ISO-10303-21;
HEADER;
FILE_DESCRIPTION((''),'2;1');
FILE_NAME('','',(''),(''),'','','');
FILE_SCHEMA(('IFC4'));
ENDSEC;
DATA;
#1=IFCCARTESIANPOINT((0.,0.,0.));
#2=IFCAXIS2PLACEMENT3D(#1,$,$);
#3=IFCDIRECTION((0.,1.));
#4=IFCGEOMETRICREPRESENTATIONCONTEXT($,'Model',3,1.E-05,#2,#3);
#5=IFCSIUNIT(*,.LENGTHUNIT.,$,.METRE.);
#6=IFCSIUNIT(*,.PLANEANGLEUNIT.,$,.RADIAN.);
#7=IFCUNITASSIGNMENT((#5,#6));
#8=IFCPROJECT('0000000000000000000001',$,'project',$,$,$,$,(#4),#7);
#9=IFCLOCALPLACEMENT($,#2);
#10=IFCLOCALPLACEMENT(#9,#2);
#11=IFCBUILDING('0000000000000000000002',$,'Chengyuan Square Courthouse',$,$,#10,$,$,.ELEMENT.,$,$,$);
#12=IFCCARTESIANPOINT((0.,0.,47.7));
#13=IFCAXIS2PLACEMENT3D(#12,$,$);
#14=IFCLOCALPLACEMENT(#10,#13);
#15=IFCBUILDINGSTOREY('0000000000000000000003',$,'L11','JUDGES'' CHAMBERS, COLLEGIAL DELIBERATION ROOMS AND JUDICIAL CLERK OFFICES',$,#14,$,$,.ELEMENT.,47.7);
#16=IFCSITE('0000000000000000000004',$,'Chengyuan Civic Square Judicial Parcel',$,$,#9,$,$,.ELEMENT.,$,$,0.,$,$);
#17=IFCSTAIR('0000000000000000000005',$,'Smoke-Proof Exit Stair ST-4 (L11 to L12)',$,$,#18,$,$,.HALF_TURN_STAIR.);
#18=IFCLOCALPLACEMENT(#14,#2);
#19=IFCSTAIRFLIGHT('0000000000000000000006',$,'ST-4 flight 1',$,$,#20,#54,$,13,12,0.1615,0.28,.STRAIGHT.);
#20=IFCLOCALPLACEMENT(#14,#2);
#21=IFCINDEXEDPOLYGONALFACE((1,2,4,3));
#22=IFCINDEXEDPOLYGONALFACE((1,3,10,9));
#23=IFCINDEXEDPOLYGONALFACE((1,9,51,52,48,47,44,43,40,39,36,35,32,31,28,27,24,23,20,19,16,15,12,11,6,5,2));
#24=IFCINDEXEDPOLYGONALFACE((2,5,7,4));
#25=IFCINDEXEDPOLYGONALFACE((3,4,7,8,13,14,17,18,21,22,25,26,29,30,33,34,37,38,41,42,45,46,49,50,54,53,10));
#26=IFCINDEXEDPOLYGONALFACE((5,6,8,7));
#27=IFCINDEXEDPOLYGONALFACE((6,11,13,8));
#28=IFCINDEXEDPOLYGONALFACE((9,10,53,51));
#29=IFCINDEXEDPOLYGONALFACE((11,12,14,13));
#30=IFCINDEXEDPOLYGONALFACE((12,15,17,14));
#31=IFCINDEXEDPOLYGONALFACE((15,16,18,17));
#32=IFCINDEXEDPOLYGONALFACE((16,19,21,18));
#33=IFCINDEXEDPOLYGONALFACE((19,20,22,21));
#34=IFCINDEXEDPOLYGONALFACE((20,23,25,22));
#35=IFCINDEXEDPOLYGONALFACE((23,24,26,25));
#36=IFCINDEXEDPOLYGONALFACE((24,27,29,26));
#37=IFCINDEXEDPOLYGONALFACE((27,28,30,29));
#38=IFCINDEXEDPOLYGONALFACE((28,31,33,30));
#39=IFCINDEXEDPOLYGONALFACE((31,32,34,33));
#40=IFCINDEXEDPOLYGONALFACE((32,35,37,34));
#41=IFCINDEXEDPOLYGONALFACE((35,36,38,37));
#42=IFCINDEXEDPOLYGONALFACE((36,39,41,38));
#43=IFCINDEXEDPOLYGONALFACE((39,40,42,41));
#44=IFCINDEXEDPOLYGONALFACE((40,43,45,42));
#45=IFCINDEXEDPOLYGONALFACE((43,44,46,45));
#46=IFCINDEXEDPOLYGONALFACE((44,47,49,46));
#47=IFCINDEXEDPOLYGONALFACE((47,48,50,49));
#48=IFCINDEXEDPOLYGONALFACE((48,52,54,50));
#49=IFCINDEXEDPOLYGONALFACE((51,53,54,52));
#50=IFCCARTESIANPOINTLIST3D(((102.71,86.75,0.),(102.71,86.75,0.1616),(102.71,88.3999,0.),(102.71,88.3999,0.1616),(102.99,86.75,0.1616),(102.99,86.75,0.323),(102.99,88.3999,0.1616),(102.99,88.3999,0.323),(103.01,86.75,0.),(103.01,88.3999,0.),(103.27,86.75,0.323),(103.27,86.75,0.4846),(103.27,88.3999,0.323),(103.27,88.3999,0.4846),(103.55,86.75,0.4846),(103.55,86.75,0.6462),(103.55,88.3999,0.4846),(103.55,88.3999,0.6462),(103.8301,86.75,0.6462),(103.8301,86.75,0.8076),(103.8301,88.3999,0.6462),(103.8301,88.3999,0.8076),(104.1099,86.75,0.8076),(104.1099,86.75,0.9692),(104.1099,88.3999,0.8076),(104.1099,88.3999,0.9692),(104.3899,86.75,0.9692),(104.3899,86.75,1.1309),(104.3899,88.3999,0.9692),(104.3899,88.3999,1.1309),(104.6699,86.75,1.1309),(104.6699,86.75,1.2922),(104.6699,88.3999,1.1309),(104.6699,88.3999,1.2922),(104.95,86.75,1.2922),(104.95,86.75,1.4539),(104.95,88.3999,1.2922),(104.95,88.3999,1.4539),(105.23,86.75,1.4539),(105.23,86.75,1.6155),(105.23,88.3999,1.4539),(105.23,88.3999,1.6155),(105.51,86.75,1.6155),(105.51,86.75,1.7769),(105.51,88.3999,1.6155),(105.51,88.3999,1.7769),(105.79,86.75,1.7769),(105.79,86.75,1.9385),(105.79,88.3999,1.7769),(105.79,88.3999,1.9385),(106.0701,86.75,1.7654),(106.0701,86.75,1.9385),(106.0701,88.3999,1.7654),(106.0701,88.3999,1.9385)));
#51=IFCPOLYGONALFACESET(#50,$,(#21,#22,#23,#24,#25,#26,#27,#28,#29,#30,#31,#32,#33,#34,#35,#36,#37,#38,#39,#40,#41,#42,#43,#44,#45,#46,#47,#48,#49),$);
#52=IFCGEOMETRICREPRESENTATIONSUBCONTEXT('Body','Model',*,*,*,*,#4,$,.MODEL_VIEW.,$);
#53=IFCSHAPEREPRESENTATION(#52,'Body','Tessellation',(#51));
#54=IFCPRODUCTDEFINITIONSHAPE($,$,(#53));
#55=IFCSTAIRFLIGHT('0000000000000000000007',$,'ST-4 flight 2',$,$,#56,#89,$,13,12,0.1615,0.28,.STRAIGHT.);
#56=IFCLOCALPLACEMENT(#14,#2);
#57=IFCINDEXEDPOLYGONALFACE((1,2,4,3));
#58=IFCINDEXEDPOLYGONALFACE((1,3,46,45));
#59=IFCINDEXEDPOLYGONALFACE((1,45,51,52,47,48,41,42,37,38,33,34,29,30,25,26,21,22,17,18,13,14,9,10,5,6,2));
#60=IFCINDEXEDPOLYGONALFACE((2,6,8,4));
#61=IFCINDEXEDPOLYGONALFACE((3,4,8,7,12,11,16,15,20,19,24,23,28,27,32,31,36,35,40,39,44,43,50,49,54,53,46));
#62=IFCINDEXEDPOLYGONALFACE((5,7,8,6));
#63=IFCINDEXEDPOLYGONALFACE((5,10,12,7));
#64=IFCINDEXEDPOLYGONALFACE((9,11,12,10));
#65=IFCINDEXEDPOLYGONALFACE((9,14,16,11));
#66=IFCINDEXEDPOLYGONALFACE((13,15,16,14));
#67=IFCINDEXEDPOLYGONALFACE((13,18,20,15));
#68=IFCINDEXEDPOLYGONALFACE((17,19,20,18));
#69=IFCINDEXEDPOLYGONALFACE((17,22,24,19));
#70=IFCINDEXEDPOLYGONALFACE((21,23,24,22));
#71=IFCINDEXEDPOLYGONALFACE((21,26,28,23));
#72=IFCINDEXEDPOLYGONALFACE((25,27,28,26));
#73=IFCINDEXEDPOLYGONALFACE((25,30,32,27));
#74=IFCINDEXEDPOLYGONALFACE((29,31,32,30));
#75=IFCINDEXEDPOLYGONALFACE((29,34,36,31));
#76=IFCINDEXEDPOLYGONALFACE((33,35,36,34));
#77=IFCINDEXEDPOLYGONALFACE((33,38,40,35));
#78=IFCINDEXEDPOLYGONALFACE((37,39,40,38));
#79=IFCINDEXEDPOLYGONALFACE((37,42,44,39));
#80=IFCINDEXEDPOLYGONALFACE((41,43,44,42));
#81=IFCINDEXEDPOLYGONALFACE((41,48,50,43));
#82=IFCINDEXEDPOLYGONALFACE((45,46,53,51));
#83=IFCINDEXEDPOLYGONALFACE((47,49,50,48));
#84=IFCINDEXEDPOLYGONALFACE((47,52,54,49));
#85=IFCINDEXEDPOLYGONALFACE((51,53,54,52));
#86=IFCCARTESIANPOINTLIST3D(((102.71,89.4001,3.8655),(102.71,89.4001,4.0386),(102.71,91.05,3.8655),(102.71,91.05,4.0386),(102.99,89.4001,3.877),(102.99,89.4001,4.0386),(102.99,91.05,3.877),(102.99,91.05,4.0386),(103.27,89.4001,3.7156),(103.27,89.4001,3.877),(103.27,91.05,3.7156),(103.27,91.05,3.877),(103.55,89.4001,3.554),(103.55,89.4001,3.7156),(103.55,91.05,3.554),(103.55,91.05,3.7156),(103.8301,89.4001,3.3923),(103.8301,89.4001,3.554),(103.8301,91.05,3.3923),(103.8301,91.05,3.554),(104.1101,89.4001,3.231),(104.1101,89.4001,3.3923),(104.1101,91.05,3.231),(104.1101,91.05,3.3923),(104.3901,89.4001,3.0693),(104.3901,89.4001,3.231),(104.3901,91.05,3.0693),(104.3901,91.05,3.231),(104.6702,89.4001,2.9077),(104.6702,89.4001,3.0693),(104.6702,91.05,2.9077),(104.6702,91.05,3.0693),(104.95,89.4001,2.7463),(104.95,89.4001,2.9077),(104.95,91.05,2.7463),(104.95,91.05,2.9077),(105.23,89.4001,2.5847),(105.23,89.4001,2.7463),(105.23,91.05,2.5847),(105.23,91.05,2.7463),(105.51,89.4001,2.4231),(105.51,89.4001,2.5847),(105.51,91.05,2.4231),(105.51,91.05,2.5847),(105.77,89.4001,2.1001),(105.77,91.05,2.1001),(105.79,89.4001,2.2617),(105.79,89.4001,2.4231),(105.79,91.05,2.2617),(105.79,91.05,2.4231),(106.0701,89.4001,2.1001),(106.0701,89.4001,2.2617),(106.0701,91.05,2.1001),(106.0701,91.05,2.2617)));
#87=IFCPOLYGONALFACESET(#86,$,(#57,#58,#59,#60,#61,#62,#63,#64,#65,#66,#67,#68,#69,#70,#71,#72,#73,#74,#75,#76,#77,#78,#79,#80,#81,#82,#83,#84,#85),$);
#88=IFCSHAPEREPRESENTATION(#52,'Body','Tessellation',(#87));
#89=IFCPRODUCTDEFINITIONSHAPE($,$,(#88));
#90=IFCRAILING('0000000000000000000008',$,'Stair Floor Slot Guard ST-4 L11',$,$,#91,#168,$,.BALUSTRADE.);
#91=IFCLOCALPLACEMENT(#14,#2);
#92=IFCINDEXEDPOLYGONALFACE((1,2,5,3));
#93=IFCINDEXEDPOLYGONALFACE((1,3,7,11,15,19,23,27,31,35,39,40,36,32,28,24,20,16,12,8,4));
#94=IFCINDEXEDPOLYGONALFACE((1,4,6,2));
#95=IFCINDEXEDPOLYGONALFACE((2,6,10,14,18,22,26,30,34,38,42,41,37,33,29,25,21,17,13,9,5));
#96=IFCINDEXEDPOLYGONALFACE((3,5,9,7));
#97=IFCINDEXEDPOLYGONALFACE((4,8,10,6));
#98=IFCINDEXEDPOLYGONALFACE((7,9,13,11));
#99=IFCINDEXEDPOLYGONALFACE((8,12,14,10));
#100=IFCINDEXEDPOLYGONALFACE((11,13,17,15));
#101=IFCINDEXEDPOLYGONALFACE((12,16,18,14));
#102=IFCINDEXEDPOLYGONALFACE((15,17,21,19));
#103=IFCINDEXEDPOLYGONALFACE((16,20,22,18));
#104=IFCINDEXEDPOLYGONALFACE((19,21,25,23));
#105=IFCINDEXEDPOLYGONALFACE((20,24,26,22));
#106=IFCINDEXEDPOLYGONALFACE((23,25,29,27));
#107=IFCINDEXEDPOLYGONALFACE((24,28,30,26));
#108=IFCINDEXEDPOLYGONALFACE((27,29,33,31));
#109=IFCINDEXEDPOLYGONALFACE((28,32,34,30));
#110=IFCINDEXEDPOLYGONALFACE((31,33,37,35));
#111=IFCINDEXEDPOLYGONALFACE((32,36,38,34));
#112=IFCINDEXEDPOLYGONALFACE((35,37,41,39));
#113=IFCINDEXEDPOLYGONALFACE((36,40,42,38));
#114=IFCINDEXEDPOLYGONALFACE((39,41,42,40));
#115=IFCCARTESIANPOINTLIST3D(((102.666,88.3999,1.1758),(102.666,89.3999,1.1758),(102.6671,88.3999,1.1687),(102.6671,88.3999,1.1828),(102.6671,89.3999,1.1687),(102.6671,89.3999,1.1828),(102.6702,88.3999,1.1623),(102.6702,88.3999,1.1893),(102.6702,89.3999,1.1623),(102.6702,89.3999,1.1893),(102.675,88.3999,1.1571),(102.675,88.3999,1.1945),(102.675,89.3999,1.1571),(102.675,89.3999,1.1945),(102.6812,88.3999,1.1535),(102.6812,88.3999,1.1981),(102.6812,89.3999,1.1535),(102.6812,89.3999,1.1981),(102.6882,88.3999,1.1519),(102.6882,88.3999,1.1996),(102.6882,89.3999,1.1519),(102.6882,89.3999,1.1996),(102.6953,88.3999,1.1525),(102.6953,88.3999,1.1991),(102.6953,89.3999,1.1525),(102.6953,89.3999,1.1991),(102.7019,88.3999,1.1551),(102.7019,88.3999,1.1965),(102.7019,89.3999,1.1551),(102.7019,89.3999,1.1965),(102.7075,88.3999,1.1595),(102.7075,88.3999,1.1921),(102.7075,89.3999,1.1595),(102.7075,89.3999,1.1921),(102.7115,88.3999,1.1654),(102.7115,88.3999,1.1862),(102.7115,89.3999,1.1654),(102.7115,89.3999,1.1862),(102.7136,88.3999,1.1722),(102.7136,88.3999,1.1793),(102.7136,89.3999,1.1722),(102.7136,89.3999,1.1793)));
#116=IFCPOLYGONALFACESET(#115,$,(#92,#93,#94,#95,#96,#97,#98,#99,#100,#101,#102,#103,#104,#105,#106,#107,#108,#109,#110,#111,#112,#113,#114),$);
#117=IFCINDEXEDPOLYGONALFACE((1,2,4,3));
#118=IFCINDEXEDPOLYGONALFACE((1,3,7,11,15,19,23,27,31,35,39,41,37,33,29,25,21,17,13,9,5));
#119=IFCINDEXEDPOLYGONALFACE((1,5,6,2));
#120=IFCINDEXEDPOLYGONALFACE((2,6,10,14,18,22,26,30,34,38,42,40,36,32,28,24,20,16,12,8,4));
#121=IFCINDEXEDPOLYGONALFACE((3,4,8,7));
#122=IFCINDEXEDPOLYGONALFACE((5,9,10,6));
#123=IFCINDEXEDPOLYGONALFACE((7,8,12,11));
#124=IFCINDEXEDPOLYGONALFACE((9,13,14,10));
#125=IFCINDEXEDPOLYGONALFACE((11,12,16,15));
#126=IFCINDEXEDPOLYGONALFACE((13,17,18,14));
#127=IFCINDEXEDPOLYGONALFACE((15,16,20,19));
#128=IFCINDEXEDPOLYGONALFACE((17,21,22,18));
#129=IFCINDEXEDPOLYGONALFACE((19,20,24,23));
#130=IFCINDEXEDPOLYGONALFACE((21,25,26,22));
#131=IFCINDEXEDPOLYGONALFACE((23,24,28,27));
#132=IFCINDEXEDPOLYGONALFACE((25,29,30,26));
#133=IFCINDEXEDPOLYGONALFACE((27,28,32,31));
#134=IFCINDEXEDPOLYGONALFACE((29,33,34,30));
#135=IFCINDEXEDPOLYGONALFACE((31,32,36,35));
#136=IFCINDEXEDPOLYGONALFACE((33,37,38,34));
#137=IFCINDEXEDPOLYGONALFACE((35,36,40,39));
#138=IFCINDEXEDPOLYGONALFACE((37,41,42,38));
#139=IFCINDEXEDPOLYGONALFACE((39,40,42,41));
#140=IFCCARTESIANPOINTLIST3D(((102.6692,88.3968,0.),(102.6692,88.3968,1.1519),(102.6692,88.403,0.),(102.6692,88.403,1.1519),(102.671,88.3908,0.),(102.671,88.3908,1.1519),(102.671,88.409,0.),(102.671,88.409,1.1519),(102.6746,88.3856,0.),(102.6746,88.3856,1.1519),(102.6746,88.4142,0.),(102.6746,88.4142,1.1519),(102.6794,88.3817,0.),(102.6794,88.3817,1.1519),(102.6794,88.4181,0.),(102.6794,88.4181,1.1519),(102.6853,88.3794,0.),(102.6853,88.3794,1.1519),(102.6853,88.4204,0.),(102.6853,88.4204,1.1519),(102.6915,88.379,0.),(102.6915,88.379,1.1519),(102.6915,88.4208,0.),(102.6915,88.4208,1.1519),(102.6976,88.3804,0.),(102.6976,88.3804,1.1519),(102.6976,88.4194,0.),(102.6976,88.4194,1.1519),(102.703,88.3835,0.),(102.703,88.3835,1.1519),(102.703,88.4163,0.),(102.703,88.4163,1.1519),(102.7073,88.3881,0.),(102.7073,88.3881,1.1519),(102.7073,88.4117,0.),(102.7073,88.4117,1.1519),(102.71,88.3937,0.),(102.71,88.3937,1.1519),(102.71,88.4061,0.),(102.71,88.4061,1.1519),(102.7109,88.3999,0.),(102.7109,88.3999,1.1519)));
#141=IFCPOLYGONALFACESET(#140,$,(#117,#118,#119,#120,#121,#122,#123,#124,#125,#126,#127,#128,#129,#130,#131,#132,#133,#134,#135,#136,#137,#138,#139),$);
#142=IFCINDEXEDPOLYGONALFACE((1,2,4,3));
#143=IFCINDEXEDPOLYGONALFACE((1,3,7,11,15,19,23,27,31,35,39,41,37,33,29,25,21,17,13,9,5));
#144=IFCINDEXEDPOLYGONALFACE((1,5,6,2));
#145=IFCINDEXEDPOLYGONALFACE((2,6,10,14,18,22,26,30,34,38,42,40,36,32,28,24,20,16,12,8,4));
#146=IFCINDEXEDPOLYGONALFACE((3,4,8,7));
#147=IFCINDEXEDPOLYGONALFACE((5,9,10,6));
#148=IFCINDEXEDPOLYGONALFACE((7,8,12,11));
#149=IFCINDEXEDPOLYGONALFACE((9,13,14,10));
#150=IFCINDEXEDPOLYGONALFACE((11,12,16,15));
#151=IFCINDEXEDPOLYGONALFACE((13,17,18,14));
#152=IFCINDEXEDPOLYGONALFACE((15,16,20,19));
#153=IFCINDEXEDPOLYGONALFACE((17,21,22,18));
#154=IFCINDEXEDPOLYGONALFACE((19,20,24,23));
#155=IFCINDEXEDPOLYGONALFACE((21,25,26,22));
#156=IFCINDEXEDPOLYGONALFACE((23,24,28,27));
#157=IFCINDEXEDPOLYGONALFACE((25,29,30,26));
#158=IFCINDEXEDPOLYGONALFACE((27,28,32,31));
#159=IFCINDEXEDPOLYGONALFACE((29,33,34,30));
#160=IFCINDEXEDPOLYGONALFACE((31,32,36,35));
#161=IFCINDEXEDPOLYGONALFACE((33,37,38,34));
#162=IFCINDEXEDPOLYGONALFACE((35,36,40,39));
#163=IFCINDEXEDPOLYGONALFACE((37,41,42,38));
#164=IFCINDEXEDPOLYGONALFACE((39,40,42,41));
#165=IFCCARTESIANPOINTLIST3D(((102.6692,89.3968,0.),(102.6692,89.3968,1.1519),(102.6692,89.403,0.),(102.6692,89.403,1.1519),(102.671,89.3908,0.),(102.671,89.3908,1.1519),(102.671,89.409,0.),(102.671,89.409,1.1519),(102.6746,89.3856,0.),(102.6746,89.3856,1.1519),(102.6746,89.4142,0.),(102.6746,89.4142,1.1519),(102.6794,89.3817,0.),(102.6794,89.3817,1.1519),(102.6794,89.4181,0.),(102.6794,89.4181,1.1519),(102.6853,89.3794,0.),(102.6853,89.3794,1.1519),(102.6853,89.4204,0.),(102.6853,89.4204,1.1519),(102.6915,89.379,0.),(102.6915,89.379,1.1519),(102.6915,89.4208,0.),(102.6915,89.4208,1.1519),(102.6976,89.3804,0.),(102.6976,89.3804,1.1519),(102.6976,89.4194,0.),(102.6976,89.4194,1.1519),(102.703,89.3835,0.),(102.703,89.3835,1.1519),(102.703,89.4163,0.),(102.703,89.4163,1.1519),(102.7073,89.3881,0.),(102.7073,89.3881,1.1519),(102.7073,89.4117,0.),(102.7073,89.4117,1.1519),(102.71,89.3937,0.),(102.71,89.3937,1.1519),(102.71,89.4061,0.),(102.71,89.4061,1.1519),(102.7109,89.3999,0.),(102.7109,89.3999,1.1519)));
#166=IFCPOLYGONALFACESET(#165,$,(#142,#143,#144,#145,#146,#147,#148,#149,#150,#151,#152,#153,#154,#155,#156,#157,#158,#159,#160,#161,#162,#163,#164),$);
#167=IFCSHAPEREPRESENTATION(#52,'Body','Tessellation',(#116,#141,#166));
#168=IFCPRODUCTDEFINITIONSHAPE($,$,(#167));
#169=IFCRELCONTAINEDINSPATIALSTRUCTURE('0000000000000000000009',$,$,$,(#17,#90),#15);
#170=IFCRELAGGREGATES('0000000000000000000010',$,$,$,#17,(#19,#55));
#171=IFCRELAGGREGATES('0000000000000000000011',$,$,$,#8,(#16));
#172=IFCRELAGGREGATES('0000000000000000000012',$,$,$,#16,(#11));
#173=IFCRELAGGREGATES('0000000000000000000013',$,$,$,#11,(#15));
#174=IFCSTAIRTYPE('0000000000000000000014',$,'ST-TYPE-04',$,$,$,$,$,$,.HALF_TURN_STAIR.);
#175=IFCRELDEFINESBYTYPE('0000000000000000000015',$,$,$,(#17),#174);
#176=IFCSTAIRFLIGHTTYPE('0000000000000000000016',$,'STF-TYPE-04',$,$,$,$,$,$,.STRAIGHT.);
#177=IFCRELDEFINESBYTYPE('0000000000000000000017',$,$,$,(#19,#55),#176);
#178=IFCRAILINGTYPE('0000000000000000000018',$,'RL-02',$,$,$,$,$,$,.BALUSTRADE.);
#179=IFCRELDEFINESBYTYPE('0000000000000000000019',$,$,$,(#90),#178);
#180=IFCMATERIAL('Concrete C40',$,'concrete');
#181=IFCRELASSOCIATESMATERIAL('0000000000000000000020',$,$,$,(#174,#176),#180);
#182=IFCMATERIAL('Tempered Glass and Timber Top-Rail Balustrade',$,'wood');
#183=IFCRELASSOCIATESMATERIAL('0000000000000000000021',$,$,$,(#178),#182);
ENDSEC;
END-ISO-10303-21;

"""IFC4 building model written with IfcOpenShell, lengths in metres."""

from ifc_helpers import new_model, si_unit, direction, frame, origin, origin_2d, place, context, subcontext, project, spatial, polyline, circle, outline, extrude, material, type_object, element, aggregate, save


model = new_model("IFC4")

# Units and contexts
model_context = context("Model", 3, precision=1e-05, world=origin(), true_north=direction((0.0, 1.0)))
body_context = subcontext(model_context, "Body", "Model", "MODEL_VIEW")
ifc_project = project(units=[si_unit("LENGTHUNIT", "METRE"), si_unit("PLANEANGLEUNIT", "RADIAN")], contexts=[model_context])

# Site, building, storey
site_placement = place(None, origin())
site = spatial("IfcSite", under=ifc_project, at=site_placement, Name="Chengyuan Civic Square Judicial Parcel", CompositionType="ELEMENT", RefElevation=0.0)
building_placement = place(site_placement, origin())
building = spatial("IfcBuilding", under=site, at=building_placement, Name="Chengyuan Square Courthouse", CompositionType="ELEMENT")
storey_placement = place(building_placement, frame((0.0, 0.0, 47.7)))
storey = spatial("IfcBuildingStorey", under=building, at=storey_placement, Name="L11", Description="JUDGES' CHAMBERS, COLLEGIAL DELIBERATION ROOMS AND JUDICIAL CLERK OFFICES", CompositionType="ELEMENT", Elevation=47.7)

# Shared definitions
ifc_material_1 = material(Name="Concrete C40", Category="concrete")

# Stair, stair flights
stair_type = type_object("IfcStairType", Name="ST-TYPE-04", PredefinedType="HALF_TURN_STAIR", material=ifc_material_1)
stair_placement = place(storey_placement, origin())
stair = element("IfcStair", 1, at=stair_placement, inside=storey, type_object=stair_type, Name="Smoke-Proof Exit Stair ST-4 (L11 to L12)", PredefinedType="HALF_TURN_STAIR")
stair_flight_type = type_object("IfcStairFlightType", Name="STF-TYPE-04", PredefinedType="STRAIGHT", material=ifc_material_1)
stair_flight_1_placement = place(storey_placement, frame((102.71, 87.575, 0.0), z_axis=(0.0, 0.0, 1.0), x_axis=(1.0, 0.0, 0.0)))
stair_flight_1 = element("IfcStairFlight", 2, at=stair_flight_1_placement, type_object=stair_flight_type, Name="ST-4 flight 1", NumberOfRisers=13, NumberOfTreads=12, PredefinedType="STRAIGHT", RiserHeight=0.1615, TreadLength=0.28, context=body_context, shape_type="SweptSolid", body=[
    extrude(outline(polyline([(0.0, 0.0), (0.0, 0.1616), (0.28, 0.1616), (0.28, 0.323), (0.5601, 0.323), (0.5601, 0.4846), (0.8401, 0.4846), (0.8401, 0.6462), (1.1201, 0.6462), (1.1201, 0.8076), (1.3999, 0.8076), (1.3999, 0.9692), (1.6799, 0.9692), (1.6799, 1.1309), (1.96, 1.1309), (1.96, 1.2922), (2.24, 1.2922), (2.24, 1.4539), (2.52, 1.4539), (2.52, 1.6155), (2.8, 1.6155), (2.8, 1.7769), (3.0801, 1.7769), (3.0801, 1.9385), (3.3601, 1.9385), (3.3601, 2.1001), (3.3601, 1.7654), (0.3, 0.0), (0.0, 0.0)])), frame((0.0, 0.825, 0.0), z_axis=(0.0, -1.0, 0.0), x_axis=(1.0, 0.0, 0.0)), (0.0, 0.0, 1.0), 1.6499),
])
stair_flight_2_placement = place(storey_placement, frame((106.0701, 90.2251, 2.1001), z_axis=(0.0, 0.0, 1.0), x_axis=(-1.0, 0.0, 0.0)))
stair_flight_2 = element("IfcStairFlight", 3, at=stair_flight_2_placement, type_object=stair_flight_type, Name="ST-4 flight 2", NumberOfRisers=13, NumberOfTreads=12, PredefinedType="STRAIGHT", RiserHeight=0.1615, TreadLength=0.28, context=body_context, shape_type="SweptSolid", body=[
    extrude(outline(polyline([(0.0, 0.0), (0.0, 0.1616), (0.28, 0.1616), (0.28, 0.323), (0.5601, 0.323), (0.5601, 0.4846), (0.8401, 0.4846), (0.8401, 0.6462), (1.1201, 0.6462), (1.1201, 0.8076), (1.3999, 0.8076), (1.3999, 0.9692), (1.6799, 0.9692), (1.6799, 1.1309), (1.96, 1.1309), (1.96, 1.2922), (2.24, 1.2922), (2.24, 1.4539), (2.52, 1.4539), (2.52, 1.6155), (2.8, 1.6155), (2.8, 1.7769), (3.0801, 1.7769), (3.0801, 1.9385), (3.3601, 1.9385), (3.3601, 2.1001), (3.3601, 1.7654), (0.3, 0.0), (0.0, 0.0)])), frame((0.0, 0.825, 0.0), z_axis=(0.0, -1.0, 0.0), x_axis=(1.0, 0.0, 0.0)), (0.0, 0.0, 1.0), 1.6499),
])
aggregate(stair, [stair_flight_1, stair_flight_2])

# Railing
ifc_material_2 = material(Name="Tempered Glass and Timber Top-Rail Balustrade", Category="wood")
railing_type_1 = type_object("IfcRailingType", Name="RL-02", PredefinedType="BALUSTRADE", material=ifc_material_2)
for number, where, name in (
    (4, (102.6899, 88.3999, 0.0), "Stair Floor Slot Guard ST-4 L11"),
):
    element("IfcRailing", number, at=place(storey_placement, frame(where)), inside=storey, type_object=railing_type_1, Name=name, PredefinedType="BALUSTRADE", context=body_context, shape_type="SweptSolid", body=[
        extrude(circle(Radius=0.0239, at=origin_2d()), frame((0.0, 0.0, 1.1758), z_axis=(0.0, 1.0, 0.0), x_axis=(-1.0, 0.0, 0.0)), (0.0, 0.0, 1.0), 1.0),
        extrude(circle(Radius=0.021, at=origin_2d()), origin(), (0.0, 0.0, 1.0), 1.1519),
        extrude(circle(Radius=0.021, at=origin_2d()), frame((0.0, 1.0, 0.0)), (0.0, 0.0, 1.0), 1.1519),
    ])

save(model, "model.ifc")
